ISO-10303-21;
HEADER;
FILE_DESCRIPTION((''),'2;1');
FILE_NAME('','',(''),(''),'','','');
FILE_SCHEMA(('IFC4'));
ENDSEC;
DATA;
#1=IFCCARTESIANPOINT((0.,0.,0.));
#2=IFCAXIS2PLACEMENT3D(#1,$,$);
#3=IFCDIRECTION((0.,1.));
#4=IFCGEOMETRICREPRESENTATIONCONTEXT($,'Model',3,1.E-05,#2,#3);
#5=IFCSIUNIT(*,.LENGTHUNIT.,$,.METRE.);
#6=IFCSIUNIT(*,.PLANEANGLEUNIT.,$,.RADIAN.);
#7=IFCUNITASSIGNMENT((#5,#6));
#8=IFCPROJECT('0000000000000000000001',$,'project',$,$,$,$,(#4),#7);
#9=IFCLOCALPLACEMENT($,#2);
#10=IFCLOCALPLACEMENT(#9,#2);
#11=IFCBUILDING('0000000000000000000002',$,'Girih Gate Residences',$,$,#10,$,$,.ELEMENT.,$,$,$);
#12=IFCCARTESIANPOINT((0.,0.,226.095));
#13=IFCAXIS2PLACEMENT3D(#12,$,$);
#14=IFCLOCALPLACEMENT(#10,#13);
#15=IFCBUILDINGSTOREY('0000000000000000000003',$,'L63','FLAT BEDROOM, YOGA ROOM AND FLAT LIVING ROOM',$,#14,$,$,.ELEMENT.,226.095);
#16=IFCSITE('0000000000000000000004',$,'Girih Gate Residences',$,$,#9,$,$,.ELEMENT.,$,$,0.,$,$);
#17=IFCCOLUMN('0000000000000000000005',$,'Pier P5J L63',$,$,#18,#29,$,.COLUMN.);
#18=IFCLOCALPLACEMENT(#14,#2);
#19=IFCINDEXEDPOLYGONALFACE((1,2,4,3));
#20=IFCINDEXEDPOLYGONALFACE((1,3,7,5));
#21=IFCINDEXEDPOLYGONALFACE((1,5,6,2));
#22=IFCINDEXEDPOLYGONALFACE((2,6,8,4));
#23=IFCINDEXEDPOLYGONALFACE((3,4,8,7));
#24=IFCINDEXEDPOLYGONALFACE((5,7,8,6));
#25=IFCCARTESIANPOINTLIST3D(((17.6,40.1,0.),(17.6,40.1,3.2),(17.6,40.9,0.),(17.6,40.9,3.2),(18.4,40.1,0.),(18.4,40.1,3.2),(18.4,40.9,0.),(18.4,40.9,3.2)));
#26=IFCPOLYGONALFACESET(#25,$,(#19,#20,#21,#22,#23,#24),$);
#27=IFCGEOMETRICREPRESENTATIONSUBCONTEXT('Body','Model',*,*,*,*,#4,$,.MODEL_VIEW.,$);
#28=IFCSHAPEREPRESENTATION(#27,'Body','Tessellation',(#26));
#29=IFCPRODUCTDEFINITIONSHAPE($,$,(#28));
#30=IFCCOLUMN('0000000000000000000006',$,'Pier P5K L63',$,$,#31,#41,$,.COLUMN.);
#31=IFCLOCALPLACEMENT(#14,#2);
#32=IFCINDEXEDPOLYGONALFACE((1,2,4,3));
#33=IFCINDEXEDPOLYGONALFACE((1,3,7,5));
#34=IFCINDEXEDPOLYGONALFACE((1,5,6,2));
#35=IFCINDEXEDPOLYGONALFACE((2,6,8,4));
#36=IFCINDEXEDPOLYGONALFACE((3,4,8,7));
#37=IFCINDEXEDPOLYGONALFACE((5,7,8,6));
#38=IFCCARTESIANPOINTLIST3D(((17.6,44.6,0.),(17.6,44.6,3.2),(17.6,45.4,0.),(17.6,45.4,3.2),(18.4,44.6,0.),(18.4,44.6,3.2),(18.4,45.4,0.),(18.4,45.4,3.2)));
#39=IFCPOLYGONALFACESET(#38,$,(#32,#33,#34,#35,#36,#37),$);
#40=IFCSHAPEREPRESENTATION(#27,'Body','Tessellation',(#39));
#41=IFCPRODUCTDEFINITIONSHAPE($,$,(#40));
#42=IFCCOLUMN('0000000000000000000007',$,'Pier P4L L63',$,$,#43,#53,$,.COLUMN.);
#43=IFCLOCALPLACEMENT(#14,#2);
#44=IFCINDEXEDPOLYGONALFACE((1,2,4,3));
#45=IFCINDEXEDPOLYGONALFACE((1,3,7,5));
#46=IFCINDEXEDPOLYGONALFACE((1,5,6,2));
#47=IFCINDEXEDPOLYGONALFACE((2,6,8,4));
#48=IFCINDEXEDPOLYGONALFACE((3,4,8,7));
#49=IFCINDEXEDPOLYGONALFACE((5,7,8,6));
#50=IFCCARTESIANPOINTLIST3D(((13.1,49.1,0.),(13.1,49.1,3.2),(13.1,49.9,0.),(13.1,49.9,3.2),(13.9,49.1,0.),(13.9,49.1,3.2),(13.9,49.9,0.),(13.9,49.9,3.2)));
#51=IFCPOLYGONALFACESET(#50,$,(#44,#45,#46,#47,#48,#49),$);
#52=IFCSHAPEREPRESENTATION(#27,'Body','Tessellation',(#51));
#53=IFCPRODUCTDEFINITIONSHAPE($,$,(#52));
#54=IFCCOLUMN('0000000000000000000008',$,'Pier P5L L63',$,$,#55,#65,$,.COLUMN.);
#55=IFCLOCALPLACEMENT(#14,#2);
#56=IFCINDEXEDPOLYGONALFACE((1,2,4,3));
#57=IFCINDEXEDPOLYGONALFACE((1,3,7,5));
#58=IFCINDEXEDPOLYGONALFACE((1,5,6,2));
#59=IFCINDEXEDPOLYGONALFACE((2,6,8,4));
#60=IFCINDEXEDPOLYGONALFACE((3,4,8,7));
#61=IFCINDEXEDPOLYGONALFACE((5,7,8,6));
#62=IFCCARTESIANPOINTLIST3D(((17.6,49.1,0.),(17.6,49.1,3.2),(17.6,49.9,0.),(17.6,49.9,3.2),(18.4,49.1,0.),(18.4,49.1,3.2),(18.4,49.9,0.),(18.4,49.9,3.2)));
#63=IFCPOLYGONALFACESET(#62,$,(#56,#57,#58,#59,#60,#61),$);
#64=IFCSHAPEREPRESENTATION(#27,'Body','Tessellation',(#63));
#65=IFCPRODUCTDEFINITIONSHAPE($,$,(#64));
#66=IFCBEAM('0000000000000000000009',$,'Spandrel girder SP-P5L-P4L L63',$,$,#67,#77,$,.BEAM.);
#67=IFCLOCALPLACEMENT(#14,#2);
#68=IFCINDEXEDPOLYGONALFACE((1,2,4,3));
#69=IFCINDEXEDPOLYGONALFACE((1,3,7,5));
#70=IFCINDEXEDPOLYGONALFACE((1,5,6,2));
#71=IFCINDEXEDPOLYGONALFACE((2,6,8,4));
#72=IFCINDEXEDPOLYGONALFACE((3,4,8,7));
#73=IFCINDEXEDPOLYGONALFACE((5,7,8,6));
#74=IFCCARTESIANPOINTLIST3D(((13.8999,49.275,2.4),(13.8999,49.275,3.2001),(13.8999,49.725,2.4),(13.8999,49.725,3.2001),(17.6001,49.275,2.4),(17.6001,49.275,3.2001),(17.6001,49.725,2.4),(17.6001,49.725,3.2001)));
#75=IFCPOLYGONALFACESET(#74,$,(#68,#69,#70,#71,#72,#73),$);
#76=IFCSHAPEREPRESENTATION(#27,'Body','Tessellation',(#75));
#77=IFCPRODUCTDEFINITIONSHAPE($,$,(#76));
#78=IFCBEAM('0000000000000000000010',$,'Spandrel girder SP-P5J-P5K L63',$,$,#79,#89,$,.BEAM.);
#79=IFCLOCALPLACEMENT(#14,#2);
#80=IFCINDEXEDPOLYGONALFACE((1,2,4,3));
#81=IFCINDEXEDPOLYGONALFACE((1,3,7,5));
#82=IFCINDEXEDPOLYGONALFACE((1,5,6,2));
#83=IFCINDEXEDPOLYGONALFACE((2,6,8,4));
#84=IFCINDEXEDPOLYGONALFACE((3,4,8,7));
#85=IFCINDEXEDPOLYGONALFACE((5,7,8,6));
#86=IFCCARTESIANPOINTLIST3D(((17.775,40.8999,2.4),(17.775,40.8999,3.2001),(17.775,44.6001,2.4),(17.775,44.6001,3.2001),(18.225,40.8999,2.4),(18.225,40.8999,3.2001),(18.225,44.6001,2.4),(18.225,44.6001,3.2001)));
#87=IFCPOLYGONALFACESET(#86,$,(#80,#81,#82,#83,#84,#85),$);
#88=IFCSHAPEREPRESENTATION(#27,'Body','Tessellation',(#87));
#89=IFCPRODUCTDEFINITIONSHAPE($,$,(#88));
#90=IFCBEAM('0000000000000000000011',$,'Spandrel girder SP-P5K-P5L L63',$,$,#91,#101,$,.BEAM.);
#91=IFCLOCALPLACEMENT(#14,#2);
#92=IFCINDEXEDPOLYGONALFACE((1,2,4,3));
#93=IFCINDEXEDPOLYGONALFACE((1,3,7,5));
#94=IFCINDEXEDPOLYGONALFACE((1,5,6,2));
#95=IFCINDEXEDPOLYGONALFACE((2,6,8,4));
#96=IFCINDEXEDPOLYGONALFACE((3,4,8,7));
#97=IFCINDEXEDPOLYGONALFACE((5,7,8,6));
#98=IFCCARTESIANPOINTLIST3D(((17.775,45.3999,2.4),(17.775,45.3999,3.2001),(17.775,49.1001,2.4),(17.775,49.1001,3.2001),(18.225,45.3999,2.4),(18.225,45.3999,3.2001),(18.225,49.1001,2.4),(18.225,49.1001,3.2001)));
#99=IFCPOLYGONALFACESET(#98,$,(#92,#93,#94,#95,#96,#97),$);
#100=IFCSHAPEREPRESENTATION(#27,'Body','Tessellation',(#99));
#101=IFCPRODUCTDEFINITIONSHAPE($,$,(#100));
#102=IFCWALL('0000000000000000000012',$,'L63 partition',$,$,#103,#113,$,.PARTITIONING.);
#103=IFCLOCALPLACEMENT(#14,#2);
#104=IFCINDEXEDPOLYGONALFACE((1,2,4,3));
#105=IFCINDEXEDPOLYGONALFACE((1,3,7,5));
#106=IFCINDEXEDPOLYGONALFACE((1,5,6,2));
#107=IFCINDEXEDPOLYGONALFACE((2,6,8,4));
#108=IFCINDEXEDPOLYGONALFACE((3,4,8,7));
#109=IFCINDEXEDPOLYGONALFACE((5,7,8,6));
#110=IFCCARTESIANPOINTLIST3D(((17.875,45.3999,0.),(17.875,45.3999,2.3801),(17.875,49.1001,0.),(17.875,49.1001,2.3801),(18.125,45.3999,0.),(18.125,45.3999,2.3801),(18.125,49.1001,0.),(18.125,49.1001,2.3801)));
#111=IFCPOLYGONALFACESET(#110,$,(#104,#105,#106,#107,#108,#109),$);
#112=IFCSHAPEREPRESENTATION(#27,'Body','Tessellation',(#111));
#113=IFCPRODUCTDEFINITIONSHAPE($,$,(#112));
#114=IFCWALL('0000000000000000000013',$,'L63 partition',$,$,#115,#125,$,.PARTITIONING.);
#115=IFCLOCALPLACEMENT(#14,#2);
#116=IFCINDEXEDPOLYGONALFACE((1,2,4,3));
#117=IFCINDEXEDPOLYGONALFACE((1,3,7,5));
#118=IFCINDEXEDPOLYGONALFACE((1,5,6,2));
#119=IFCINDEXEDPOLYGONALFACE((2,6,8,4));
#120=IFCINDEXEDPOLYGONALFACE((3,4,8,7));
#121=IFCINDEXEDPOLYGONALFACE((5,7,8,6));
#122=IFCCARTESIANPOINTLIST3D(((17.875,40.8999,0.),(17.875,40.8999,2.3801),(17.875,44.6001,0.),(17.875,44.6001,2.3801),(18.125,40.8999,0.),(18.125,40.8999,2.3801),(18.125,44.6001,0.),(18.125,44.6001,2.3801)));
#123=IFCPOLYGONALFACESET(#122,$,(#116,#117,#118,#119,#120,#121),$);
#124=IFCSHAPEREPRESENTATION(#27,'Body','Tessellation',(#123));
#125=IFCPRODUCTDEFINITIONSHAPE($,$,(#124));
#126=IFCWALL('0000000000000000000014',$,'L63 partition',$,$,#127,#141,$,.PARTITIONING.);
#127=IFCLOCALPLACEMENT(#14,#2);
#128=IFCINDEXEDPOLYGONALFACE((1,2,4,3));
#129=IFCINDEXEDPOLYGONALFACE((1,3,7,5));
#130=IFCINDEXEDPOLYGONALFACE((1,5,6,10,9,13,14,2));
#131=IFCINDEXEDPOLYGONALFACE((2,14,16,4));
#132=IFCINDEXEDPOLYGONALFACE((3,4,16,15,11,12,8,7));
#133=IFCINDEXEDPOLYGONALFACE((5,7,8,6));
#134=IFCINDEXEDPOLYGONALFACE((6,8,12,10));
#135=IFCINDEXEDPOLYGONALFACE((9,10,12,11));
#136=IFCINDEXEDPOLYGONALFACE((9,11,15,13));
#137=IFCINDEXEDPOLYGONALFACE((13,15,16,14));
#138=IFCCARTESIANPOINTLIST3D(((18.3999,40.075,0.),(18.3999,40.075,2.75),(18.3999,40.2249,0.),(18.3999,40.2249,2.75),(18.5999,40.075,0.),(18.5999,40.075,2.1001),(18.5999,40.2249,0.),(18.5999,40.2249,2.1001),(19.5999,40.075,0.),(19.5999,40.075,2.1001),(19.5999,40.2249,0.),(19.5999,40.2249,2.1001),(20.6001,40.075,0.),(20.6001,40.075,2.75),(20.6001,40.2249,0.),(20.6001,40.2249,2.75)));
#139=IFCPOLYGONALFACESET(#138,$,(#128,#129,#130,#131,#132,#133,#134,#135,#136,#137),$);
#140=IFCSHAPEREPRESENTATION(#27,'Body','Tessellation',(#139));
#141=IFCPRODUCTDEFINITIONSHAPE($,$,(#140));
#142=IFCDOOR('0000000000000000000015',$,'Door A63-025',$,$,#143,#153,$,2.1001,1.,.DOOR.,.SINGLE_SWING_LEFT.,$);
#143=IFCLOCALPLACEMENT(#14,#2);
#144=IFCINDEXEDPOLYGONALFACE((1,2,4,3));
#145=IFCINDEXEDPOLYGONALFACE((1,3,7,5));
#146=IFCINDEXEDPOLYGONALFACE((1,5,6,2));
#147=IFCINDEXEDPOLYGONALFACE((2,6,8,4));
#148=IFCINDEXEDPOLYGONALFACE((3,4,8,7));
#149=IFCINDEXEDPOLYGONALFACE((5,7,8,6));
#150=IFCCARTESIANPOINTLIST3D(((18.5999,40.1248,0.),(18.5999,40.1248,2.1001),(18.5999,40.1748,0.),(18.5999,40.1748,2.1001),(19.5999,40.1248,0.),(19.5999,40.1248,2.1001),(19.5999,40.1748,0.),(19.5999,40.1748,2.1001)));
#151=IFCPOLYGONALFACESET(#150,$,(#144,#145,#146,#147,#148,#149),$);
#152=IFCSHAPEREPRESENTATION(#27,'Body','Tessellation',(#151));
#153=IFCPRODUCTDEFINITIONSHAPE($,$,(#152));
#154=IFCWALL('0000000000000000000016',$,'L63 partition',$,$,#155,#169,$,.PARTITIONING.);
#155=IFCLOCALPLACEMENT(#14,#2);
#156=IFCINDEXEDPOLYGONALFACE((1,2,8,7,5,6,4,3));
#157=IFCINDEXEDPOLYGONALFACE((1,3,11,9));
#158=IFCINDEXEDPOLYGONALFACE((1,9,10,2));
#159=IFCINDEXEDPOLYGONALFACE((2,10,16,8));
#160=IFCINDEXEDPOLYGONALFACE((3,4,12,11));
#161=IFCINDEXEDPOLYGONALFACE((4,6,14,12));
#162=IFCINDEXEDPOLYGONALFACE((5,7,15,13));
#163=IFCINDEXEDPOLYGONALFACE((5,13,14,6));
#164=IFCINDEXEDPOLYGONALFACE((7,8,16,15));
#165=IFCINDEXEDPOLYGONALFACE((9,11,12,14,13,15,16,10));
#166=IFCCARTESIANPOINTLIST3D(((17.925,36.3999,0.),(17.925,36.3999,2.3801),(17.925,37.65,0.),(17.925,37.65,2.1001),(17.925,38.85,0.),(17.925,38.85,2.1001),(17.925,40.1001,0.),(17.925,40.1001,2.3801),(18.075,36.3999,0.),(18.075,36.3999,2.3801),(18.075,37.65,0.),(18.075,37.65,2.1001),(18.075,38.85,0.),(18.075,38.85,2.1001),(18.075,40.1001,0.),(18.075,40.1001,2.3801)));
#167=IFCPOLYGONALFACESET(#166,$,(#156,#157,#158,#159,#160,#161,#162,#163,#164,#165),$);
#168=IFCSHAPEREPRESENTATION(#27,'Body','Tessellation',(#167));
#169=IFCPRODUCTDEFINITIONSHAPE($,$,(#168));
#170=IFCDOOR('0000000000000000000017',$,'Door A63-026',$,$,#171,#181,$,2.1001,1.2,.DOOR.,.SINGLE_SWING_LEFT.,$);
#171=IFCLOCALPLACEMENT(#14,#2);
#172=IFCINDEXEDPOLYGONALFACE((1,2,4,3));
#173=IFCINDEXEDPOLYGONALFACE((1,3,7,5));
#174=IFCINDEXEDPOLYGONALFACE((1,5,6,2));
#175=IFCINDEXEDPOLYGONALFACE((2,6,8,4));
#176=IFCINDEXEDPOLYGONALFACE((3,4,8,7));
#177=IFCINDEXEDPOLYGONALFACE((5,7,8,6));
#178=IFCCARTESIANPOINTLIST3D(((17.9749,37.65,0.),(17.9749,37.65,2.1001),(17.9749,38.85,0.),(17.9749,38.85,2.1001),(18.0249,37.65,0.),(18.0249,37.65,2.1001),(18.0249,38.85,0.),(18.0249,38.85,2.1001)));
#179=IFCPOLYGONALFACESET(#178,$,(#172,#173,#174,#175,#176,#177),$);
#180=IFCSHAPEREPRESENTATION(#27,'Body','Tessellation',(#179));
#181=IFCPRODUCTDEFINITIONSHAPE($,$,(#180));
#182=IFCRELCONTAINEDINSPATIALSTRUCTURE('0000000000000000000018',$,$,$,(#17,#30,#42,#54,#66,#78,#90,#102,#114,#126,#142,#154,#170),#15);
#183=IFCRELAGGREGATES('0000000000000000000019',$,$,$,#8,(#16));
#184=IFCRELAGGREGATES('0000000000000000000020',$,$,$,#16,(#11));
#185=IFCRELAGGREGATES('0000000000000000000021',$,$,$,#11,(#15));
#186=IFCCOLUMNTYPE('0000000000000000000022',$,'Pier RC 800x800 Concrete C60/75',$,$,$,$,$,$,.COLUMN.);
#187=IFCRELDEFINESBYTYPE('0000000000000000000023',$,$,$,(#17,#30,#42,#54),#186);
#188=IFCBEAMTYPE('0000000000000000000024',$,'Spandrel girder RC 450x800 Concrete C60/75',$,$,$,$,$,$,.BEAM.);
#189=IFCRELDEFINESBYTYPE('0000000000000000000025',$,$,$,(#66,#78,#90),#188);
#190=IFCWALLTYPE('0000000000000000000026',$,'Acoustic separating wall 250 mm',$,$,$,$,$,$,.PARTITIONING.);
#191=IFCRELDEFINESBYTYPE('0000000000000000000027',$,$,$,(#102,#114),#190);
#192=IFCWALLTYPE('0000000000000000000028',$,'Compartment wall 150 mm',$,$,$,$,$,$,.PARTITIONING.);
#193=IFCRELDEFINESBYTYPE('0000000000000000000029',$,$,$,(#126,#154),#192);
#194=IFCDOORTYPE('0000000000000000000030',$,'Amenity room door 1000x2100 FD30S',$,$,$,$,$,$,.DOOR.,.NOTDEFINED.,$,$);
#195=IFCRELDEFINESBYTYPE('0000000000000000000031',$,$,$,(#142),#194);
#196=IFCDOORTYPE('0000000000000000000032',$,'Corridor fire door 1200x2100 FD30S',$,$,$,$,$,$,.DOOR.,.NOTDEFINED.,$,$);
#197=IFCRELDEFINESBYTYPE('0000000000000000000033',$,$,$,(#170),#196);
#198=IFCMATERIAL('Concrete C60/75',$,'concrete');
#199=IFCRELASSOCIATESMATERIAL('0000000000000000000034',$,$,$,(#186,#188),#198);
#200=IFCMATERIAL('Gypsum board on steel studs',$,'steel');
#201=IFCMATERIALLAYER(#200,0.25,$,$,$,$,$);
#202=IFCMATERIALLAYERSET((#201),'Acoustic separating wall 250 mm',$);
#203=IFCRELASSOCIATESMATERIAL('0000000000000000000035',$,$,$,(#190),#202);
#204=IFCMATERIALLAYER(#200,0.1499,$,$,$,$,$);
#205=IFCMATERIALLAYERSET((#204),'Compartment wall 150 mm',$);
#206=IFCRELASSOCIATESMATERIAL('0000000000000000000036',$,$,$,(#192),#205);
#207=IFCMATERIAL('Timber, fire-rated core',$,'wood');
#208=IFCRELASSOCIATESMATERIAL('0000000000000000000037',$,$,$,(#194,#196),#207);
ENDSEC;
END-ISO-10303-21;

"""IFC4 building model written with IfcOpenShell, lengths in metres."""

from ifc_helpers import new_model, si_unit, direction, frame, frame_2d, origin, origin_2d, place, context, subcontext, project, spatial, rectangle, extrude, material, layer, layer_set, material_profile, profile_set, type_object, element, fill, save


model = new_model("IFC4")

# Units and contexts
model_context = context("Model", 3, precision=1e-05, world=origin(), true_north=direction((0.0, 1.0)))
body_context = subcontext(model_context, "Body", "Model", "MODEL_VIEW")
ifc_project = project(units=[si_unit("LENGTHUNIT", "METRE"), si_unit("PLANEANGLEUNIT", "RADIAN")], contexts=[model_context])

# Site, building, storey
site_placement = place(None, origin())
site = spatial("IfcSite", under=ifc_project, at=site_placement, Name="Girih Gate Residences", CompositionType="ELEMENT", RefElevation=0.0)
building_placement = place(site_placement, origin())
building = spatial("IfcBuilding", under=site, at=building_placement, Name="Girih Gate Residences", CompositionType="ELEMENT")
storey_placement = place(building_placement, frame((0.0, 0.0, 226.095)))
storey = spatial("IfcBuildingStorey", under=building, at=storey_placement, Name="L63", Description="FLAT BEDROOM, YOGA ROOM AND FLAT LIVING ROOM", CompositionType="ELEMENT", Elevation=226.095)

# Columns
ifc_material_1 = material(Name="Concrete C60/75", Category="concrete")
ifc_material_profile_1 = material_profile(ifc_material_1, rectangle(XDim=0.8, YDim=0.8, at=origin_2d()))
ifc_profile_set_1 = profile_set([ifc_material_profile_1], Name="Concrete C60/75")
column_type = type_object("IfcColumnType", Name="Pier RC 800x800 Concrete C60/75", PredefinedType="COLUMN", material=ifc_profile_set_1)
for number, where, z_axis, x_axis, name in (
    (1, (18.0, 40.5, 0.0), (0.0, 0.0, 1.0), (1.0, 0.0, 0.0), "Pier P5J L63"),
    (2, (18.0, 45.0, 0.0), (0.0, 0.0, 1.0), (1.0, 0.0, 0.0), "Pier P5K L63"),
    (3, (13.5, 49.5, 0.0), (0.0, 0.0, 1.0), (1.0, 0.0, 0.0), "Pier P4L L63"),
    (4, (18.0, 49.5, 0.0), (0.0, 0.0, 1.0), (1.0, 0.0, 0.0), "Pier P5L L63"),
):
    element("IfcColumn", number, at=place(storey_placement, frame(where, z_axis=z_axis, x_axis=x_axis)), inside=storey, type_object=column_type, Name=name, PredefinedType="COLUMN", context=body_context, shape_type="SweptSolid", body=[
        extrude(rectangle(XDim=0.8, YDim=0.8, at=origin_2d()), origin(), (0.0, 0.0, 1.0), 3.2),
    ])

# Beams
ifc_material_profile_2 = material_profile(ifc_material_1, rectangle(XDim=0.45, YDim=0.8, at=origin_2d()))
ifc_profile_set_2 = profile_set([ifc_material_profile_2], Name="Concrete C60/75")
beam_type = type_object("IfcBeamType", Name="Spandrel girder RC 450x800 Concrete C60/75", PredefinedType="BEAM", material=ifc_profile_set_2)
for number, where, z_axis, x_axis, name in (
    (5, (17.6001, 49.5, 2.8), (-1.0, 0.0, 0.0), (0.0, -1.0, 0.0), "Spandrel girder SP-P5L-P4L L63"),
    (6, (18.0, 40.8999, 2.8), (0.0, 1.0, 0.0), (-1.0, 0.0, 0.0), "Spandrel girder SP-P5J-P5K L63"),
    (7, (18.0, 45.3999, 2.8), (0.0, 1.0, 0.0), (-1.0, 0.0, 0.0), "Spandrel girder SP-P5K-P5L L63"),
):
    element("IfcBeam", number, at=place(storey_placement, frame(where, z_axis=z_axis, x_axis=x_axis)), inside=storey, type_object=beam_type, Name=name, PredefinedType="BEAM", context=body_context, shape_type="SweptSolid", body=[
        extrude(rectangle(XDim=0.45, YDim=0.8, at=origin_2d()), origin(), (0.0, 0.0, 1.0), 3.7002),
    ])

# Walls
ifc_material_2 = material(Name="Gypsum board on steel studs", Category="steel")
ifc_layer_1 = layer(ifc_material_2, 0.25)
ifc_layer_set_1 = layer_set([ifc_layer_1], Name="Acoustic separating wall 250 mm")
wall_type_1 = type_object("IfcWallType", Name="Acoustic separating wall 250 mm", PredefinedType="PARTITIONING", material=ifc_layer_set_1)
for number, where, z_axis, x_axis, name in (
    (8, (18.0, 45.3999, 0.0), (0.0, 0.0, 1.0), (0.0, 1.0, 0.0), "L63 partition"),
    (9, (18.0, 40.8999, 0.0), (0.0, 0.0, 1.0), (0.0, 1.0, 0.0), "L63 partition"),
):
    element("IfcWall", number, at=place(storey_placement, frame(where, z_axis=z_axis, x_axis=x_axis)), inside=storey, type_object=wall_type_1, Name=name, PredefinedType="PARTITIONING", context=body_context, shape_type="SweptSolid", body=[
        extrude(rectangle(XDim=3.7002, YDim=0.25, at=frame_2d((1.8501, 0.0))), origin(), (0.0, 0.0, 1.0), 2.3801),
    ])

# Walls, openings, doors
ifc_layer_2 = layer(ifc_material_2, 0.1499)
ifc_layer_set_2 = layer_set([ifc_layer_2], Name="Compartment wall 150 mm")
wall_type_2 = type_object("IfcWallType", Name="Compartment wall 150 mm", PredefinedType="PARTITIONING", material=ifc_layer_set_2)
ifc_material_3 = material(Name="Timber, fire-rated core", Category="wood")
wall_1_placement = place(storey_placement, frame((18.3999, 40.1499, 0.0), z_axis=(0.0, 0.0, 1.0), x_axis=(1.0, 0.0, 0.0)))
wall_1 = element("IfcWall", 10, at=wall_1_placement, inside=storey, type_object=wall_type_2, Name="L63 partition", PredefinedType="PARTITIONING", context=body_context, shape_type="SweptSolid", body=[
    extrude(rectangle(XDim=2.2002, YDim=0.1499, at=frame_2d((1.1001, 0.0))), origin(), (0.0, 0.0, 1.0), 2.75),
])
opening_1_placement = place(wall_1_placement, frame((0.2, 0.0, 0.0)))
opening_1 = element("IfcOpeningElement", 11, at=opening_1_placement, cuts=wall_1, PredefinedType="OPENING", context=body_context, shape_type="SweptSolid", body=[
    extrude(rectangle(XDim=1.0, YDim=2.1001, at=frame_2d((0.5, 1.05))), frame((0.0, 0.085, 0.0), z_axis=(0.0, -1.0, 0.0), x_axis=(1.0, 0.0, 0.0)), (0.0, 0.0, 1.0), 0.1699),
])
door_type_1 = type_object("IfcDoorType", Name="Amenity room door 1000x2100 FD30S", OperationType="NOTDEFINED", PredefinedType="DOOR", material=ifc_material_3)
door_1_placement = place(opening_1_placement, origin())
door_1 = element("IfcDoor", 12, at=door_1_placement, inside=storey, type_object=door_type_1, Name="Door A63-025", OperationType="SINGLE_SWING_LEFT", OverallHeight=2.1001, OverallWidth=1.0, PredefinedType="DOOR", context=body_context, shape_type="SweptSolid", body=[
    extrude(rectangle(XDim=1.0, YDim=2.1001, at=frame_2d((0.5, 1.05))), frame((0.0, 0.0249, 0.0), z_axis=(0.0, -1.0, 0.0), x_axis=(1.0, 0.0, 0.0)), (0.0, 0.0, 1.0), 0.05),
])
fill(opening_1, door_1)
wall_2_placement = place(storey_placement, frame((18.0, 40.1001, 0.0), z_axis=(0.0, 0.0, 1.0), x_axis=(0.0, -1.0, 0.0)))
wall_2 = element("IfcWall", 13, at=wall_2_placement, inside=storey, type_object=wall_type_2, Name="L63 partition", PredefinedType="PARTITIONING", context=body_context, shape_type="SweptSolid", body=[
    extrude(rectangle(XDim=3.7002, YDim=0.1499, at=frame_2d((1.8501, 0.0))), origin(), (0.0, 0.0, 1.0), 2.3801),
])
opening_2_placement = place(wall_2_placement, frame((1.25, 0.0, 0.0)))
opening_2 = element("IfcOpeningElement", 14, at=opening_2_placement, cuts=wall_2, PredefinedType="OPENING", context=body_context, shape_type="SweptSolid", body=[
    extrude(rectangle(XDim=1.2, YDim=2.1001, at=frame_2d((0.6001, 1.05))), frame((0.0, 0.085, 0.0), z_axis=(0.0, -1.0, 0.0), x_axis=(1.0, 0.0, 0.0)), (0.0, 0.0, 1.0), 0.1699),
])
door_type_2 = type_object("IfcDoorType", Name="Corridor fire door 1200x2100 FD30S", OperationType="NOTDEFINED", PredefinedType="DOOR", material=ifc_material_3)
door_2_placement = place(opening_2_placement, origin())
door_2 = element("IfcDoor", 15, at=door_2_placement, inside=storey, type_object=door_type_2, Name="Door A63-026", OperationType="SINGLE_SWING_LEFT", OverallHeight=2.1001, OverallWidth=1.2, PredefinedType="DOOR", context=body_context, shape_type="SweptSolid", body=[
    extrude(rectangle(XDim=1.2, YDim=2.1001, at=frame_2d((0.6001, 1.05))), frame((0.0, 0.0249, 0.0), z_axis=(0.0, -1.0, 0.0), x_axis=(1.0, 0.0, 0.0)), (0.0, 0.0, 1.0), 0.05),
])
fill(opening_2, door_2)

save(model, "model.ifc")
